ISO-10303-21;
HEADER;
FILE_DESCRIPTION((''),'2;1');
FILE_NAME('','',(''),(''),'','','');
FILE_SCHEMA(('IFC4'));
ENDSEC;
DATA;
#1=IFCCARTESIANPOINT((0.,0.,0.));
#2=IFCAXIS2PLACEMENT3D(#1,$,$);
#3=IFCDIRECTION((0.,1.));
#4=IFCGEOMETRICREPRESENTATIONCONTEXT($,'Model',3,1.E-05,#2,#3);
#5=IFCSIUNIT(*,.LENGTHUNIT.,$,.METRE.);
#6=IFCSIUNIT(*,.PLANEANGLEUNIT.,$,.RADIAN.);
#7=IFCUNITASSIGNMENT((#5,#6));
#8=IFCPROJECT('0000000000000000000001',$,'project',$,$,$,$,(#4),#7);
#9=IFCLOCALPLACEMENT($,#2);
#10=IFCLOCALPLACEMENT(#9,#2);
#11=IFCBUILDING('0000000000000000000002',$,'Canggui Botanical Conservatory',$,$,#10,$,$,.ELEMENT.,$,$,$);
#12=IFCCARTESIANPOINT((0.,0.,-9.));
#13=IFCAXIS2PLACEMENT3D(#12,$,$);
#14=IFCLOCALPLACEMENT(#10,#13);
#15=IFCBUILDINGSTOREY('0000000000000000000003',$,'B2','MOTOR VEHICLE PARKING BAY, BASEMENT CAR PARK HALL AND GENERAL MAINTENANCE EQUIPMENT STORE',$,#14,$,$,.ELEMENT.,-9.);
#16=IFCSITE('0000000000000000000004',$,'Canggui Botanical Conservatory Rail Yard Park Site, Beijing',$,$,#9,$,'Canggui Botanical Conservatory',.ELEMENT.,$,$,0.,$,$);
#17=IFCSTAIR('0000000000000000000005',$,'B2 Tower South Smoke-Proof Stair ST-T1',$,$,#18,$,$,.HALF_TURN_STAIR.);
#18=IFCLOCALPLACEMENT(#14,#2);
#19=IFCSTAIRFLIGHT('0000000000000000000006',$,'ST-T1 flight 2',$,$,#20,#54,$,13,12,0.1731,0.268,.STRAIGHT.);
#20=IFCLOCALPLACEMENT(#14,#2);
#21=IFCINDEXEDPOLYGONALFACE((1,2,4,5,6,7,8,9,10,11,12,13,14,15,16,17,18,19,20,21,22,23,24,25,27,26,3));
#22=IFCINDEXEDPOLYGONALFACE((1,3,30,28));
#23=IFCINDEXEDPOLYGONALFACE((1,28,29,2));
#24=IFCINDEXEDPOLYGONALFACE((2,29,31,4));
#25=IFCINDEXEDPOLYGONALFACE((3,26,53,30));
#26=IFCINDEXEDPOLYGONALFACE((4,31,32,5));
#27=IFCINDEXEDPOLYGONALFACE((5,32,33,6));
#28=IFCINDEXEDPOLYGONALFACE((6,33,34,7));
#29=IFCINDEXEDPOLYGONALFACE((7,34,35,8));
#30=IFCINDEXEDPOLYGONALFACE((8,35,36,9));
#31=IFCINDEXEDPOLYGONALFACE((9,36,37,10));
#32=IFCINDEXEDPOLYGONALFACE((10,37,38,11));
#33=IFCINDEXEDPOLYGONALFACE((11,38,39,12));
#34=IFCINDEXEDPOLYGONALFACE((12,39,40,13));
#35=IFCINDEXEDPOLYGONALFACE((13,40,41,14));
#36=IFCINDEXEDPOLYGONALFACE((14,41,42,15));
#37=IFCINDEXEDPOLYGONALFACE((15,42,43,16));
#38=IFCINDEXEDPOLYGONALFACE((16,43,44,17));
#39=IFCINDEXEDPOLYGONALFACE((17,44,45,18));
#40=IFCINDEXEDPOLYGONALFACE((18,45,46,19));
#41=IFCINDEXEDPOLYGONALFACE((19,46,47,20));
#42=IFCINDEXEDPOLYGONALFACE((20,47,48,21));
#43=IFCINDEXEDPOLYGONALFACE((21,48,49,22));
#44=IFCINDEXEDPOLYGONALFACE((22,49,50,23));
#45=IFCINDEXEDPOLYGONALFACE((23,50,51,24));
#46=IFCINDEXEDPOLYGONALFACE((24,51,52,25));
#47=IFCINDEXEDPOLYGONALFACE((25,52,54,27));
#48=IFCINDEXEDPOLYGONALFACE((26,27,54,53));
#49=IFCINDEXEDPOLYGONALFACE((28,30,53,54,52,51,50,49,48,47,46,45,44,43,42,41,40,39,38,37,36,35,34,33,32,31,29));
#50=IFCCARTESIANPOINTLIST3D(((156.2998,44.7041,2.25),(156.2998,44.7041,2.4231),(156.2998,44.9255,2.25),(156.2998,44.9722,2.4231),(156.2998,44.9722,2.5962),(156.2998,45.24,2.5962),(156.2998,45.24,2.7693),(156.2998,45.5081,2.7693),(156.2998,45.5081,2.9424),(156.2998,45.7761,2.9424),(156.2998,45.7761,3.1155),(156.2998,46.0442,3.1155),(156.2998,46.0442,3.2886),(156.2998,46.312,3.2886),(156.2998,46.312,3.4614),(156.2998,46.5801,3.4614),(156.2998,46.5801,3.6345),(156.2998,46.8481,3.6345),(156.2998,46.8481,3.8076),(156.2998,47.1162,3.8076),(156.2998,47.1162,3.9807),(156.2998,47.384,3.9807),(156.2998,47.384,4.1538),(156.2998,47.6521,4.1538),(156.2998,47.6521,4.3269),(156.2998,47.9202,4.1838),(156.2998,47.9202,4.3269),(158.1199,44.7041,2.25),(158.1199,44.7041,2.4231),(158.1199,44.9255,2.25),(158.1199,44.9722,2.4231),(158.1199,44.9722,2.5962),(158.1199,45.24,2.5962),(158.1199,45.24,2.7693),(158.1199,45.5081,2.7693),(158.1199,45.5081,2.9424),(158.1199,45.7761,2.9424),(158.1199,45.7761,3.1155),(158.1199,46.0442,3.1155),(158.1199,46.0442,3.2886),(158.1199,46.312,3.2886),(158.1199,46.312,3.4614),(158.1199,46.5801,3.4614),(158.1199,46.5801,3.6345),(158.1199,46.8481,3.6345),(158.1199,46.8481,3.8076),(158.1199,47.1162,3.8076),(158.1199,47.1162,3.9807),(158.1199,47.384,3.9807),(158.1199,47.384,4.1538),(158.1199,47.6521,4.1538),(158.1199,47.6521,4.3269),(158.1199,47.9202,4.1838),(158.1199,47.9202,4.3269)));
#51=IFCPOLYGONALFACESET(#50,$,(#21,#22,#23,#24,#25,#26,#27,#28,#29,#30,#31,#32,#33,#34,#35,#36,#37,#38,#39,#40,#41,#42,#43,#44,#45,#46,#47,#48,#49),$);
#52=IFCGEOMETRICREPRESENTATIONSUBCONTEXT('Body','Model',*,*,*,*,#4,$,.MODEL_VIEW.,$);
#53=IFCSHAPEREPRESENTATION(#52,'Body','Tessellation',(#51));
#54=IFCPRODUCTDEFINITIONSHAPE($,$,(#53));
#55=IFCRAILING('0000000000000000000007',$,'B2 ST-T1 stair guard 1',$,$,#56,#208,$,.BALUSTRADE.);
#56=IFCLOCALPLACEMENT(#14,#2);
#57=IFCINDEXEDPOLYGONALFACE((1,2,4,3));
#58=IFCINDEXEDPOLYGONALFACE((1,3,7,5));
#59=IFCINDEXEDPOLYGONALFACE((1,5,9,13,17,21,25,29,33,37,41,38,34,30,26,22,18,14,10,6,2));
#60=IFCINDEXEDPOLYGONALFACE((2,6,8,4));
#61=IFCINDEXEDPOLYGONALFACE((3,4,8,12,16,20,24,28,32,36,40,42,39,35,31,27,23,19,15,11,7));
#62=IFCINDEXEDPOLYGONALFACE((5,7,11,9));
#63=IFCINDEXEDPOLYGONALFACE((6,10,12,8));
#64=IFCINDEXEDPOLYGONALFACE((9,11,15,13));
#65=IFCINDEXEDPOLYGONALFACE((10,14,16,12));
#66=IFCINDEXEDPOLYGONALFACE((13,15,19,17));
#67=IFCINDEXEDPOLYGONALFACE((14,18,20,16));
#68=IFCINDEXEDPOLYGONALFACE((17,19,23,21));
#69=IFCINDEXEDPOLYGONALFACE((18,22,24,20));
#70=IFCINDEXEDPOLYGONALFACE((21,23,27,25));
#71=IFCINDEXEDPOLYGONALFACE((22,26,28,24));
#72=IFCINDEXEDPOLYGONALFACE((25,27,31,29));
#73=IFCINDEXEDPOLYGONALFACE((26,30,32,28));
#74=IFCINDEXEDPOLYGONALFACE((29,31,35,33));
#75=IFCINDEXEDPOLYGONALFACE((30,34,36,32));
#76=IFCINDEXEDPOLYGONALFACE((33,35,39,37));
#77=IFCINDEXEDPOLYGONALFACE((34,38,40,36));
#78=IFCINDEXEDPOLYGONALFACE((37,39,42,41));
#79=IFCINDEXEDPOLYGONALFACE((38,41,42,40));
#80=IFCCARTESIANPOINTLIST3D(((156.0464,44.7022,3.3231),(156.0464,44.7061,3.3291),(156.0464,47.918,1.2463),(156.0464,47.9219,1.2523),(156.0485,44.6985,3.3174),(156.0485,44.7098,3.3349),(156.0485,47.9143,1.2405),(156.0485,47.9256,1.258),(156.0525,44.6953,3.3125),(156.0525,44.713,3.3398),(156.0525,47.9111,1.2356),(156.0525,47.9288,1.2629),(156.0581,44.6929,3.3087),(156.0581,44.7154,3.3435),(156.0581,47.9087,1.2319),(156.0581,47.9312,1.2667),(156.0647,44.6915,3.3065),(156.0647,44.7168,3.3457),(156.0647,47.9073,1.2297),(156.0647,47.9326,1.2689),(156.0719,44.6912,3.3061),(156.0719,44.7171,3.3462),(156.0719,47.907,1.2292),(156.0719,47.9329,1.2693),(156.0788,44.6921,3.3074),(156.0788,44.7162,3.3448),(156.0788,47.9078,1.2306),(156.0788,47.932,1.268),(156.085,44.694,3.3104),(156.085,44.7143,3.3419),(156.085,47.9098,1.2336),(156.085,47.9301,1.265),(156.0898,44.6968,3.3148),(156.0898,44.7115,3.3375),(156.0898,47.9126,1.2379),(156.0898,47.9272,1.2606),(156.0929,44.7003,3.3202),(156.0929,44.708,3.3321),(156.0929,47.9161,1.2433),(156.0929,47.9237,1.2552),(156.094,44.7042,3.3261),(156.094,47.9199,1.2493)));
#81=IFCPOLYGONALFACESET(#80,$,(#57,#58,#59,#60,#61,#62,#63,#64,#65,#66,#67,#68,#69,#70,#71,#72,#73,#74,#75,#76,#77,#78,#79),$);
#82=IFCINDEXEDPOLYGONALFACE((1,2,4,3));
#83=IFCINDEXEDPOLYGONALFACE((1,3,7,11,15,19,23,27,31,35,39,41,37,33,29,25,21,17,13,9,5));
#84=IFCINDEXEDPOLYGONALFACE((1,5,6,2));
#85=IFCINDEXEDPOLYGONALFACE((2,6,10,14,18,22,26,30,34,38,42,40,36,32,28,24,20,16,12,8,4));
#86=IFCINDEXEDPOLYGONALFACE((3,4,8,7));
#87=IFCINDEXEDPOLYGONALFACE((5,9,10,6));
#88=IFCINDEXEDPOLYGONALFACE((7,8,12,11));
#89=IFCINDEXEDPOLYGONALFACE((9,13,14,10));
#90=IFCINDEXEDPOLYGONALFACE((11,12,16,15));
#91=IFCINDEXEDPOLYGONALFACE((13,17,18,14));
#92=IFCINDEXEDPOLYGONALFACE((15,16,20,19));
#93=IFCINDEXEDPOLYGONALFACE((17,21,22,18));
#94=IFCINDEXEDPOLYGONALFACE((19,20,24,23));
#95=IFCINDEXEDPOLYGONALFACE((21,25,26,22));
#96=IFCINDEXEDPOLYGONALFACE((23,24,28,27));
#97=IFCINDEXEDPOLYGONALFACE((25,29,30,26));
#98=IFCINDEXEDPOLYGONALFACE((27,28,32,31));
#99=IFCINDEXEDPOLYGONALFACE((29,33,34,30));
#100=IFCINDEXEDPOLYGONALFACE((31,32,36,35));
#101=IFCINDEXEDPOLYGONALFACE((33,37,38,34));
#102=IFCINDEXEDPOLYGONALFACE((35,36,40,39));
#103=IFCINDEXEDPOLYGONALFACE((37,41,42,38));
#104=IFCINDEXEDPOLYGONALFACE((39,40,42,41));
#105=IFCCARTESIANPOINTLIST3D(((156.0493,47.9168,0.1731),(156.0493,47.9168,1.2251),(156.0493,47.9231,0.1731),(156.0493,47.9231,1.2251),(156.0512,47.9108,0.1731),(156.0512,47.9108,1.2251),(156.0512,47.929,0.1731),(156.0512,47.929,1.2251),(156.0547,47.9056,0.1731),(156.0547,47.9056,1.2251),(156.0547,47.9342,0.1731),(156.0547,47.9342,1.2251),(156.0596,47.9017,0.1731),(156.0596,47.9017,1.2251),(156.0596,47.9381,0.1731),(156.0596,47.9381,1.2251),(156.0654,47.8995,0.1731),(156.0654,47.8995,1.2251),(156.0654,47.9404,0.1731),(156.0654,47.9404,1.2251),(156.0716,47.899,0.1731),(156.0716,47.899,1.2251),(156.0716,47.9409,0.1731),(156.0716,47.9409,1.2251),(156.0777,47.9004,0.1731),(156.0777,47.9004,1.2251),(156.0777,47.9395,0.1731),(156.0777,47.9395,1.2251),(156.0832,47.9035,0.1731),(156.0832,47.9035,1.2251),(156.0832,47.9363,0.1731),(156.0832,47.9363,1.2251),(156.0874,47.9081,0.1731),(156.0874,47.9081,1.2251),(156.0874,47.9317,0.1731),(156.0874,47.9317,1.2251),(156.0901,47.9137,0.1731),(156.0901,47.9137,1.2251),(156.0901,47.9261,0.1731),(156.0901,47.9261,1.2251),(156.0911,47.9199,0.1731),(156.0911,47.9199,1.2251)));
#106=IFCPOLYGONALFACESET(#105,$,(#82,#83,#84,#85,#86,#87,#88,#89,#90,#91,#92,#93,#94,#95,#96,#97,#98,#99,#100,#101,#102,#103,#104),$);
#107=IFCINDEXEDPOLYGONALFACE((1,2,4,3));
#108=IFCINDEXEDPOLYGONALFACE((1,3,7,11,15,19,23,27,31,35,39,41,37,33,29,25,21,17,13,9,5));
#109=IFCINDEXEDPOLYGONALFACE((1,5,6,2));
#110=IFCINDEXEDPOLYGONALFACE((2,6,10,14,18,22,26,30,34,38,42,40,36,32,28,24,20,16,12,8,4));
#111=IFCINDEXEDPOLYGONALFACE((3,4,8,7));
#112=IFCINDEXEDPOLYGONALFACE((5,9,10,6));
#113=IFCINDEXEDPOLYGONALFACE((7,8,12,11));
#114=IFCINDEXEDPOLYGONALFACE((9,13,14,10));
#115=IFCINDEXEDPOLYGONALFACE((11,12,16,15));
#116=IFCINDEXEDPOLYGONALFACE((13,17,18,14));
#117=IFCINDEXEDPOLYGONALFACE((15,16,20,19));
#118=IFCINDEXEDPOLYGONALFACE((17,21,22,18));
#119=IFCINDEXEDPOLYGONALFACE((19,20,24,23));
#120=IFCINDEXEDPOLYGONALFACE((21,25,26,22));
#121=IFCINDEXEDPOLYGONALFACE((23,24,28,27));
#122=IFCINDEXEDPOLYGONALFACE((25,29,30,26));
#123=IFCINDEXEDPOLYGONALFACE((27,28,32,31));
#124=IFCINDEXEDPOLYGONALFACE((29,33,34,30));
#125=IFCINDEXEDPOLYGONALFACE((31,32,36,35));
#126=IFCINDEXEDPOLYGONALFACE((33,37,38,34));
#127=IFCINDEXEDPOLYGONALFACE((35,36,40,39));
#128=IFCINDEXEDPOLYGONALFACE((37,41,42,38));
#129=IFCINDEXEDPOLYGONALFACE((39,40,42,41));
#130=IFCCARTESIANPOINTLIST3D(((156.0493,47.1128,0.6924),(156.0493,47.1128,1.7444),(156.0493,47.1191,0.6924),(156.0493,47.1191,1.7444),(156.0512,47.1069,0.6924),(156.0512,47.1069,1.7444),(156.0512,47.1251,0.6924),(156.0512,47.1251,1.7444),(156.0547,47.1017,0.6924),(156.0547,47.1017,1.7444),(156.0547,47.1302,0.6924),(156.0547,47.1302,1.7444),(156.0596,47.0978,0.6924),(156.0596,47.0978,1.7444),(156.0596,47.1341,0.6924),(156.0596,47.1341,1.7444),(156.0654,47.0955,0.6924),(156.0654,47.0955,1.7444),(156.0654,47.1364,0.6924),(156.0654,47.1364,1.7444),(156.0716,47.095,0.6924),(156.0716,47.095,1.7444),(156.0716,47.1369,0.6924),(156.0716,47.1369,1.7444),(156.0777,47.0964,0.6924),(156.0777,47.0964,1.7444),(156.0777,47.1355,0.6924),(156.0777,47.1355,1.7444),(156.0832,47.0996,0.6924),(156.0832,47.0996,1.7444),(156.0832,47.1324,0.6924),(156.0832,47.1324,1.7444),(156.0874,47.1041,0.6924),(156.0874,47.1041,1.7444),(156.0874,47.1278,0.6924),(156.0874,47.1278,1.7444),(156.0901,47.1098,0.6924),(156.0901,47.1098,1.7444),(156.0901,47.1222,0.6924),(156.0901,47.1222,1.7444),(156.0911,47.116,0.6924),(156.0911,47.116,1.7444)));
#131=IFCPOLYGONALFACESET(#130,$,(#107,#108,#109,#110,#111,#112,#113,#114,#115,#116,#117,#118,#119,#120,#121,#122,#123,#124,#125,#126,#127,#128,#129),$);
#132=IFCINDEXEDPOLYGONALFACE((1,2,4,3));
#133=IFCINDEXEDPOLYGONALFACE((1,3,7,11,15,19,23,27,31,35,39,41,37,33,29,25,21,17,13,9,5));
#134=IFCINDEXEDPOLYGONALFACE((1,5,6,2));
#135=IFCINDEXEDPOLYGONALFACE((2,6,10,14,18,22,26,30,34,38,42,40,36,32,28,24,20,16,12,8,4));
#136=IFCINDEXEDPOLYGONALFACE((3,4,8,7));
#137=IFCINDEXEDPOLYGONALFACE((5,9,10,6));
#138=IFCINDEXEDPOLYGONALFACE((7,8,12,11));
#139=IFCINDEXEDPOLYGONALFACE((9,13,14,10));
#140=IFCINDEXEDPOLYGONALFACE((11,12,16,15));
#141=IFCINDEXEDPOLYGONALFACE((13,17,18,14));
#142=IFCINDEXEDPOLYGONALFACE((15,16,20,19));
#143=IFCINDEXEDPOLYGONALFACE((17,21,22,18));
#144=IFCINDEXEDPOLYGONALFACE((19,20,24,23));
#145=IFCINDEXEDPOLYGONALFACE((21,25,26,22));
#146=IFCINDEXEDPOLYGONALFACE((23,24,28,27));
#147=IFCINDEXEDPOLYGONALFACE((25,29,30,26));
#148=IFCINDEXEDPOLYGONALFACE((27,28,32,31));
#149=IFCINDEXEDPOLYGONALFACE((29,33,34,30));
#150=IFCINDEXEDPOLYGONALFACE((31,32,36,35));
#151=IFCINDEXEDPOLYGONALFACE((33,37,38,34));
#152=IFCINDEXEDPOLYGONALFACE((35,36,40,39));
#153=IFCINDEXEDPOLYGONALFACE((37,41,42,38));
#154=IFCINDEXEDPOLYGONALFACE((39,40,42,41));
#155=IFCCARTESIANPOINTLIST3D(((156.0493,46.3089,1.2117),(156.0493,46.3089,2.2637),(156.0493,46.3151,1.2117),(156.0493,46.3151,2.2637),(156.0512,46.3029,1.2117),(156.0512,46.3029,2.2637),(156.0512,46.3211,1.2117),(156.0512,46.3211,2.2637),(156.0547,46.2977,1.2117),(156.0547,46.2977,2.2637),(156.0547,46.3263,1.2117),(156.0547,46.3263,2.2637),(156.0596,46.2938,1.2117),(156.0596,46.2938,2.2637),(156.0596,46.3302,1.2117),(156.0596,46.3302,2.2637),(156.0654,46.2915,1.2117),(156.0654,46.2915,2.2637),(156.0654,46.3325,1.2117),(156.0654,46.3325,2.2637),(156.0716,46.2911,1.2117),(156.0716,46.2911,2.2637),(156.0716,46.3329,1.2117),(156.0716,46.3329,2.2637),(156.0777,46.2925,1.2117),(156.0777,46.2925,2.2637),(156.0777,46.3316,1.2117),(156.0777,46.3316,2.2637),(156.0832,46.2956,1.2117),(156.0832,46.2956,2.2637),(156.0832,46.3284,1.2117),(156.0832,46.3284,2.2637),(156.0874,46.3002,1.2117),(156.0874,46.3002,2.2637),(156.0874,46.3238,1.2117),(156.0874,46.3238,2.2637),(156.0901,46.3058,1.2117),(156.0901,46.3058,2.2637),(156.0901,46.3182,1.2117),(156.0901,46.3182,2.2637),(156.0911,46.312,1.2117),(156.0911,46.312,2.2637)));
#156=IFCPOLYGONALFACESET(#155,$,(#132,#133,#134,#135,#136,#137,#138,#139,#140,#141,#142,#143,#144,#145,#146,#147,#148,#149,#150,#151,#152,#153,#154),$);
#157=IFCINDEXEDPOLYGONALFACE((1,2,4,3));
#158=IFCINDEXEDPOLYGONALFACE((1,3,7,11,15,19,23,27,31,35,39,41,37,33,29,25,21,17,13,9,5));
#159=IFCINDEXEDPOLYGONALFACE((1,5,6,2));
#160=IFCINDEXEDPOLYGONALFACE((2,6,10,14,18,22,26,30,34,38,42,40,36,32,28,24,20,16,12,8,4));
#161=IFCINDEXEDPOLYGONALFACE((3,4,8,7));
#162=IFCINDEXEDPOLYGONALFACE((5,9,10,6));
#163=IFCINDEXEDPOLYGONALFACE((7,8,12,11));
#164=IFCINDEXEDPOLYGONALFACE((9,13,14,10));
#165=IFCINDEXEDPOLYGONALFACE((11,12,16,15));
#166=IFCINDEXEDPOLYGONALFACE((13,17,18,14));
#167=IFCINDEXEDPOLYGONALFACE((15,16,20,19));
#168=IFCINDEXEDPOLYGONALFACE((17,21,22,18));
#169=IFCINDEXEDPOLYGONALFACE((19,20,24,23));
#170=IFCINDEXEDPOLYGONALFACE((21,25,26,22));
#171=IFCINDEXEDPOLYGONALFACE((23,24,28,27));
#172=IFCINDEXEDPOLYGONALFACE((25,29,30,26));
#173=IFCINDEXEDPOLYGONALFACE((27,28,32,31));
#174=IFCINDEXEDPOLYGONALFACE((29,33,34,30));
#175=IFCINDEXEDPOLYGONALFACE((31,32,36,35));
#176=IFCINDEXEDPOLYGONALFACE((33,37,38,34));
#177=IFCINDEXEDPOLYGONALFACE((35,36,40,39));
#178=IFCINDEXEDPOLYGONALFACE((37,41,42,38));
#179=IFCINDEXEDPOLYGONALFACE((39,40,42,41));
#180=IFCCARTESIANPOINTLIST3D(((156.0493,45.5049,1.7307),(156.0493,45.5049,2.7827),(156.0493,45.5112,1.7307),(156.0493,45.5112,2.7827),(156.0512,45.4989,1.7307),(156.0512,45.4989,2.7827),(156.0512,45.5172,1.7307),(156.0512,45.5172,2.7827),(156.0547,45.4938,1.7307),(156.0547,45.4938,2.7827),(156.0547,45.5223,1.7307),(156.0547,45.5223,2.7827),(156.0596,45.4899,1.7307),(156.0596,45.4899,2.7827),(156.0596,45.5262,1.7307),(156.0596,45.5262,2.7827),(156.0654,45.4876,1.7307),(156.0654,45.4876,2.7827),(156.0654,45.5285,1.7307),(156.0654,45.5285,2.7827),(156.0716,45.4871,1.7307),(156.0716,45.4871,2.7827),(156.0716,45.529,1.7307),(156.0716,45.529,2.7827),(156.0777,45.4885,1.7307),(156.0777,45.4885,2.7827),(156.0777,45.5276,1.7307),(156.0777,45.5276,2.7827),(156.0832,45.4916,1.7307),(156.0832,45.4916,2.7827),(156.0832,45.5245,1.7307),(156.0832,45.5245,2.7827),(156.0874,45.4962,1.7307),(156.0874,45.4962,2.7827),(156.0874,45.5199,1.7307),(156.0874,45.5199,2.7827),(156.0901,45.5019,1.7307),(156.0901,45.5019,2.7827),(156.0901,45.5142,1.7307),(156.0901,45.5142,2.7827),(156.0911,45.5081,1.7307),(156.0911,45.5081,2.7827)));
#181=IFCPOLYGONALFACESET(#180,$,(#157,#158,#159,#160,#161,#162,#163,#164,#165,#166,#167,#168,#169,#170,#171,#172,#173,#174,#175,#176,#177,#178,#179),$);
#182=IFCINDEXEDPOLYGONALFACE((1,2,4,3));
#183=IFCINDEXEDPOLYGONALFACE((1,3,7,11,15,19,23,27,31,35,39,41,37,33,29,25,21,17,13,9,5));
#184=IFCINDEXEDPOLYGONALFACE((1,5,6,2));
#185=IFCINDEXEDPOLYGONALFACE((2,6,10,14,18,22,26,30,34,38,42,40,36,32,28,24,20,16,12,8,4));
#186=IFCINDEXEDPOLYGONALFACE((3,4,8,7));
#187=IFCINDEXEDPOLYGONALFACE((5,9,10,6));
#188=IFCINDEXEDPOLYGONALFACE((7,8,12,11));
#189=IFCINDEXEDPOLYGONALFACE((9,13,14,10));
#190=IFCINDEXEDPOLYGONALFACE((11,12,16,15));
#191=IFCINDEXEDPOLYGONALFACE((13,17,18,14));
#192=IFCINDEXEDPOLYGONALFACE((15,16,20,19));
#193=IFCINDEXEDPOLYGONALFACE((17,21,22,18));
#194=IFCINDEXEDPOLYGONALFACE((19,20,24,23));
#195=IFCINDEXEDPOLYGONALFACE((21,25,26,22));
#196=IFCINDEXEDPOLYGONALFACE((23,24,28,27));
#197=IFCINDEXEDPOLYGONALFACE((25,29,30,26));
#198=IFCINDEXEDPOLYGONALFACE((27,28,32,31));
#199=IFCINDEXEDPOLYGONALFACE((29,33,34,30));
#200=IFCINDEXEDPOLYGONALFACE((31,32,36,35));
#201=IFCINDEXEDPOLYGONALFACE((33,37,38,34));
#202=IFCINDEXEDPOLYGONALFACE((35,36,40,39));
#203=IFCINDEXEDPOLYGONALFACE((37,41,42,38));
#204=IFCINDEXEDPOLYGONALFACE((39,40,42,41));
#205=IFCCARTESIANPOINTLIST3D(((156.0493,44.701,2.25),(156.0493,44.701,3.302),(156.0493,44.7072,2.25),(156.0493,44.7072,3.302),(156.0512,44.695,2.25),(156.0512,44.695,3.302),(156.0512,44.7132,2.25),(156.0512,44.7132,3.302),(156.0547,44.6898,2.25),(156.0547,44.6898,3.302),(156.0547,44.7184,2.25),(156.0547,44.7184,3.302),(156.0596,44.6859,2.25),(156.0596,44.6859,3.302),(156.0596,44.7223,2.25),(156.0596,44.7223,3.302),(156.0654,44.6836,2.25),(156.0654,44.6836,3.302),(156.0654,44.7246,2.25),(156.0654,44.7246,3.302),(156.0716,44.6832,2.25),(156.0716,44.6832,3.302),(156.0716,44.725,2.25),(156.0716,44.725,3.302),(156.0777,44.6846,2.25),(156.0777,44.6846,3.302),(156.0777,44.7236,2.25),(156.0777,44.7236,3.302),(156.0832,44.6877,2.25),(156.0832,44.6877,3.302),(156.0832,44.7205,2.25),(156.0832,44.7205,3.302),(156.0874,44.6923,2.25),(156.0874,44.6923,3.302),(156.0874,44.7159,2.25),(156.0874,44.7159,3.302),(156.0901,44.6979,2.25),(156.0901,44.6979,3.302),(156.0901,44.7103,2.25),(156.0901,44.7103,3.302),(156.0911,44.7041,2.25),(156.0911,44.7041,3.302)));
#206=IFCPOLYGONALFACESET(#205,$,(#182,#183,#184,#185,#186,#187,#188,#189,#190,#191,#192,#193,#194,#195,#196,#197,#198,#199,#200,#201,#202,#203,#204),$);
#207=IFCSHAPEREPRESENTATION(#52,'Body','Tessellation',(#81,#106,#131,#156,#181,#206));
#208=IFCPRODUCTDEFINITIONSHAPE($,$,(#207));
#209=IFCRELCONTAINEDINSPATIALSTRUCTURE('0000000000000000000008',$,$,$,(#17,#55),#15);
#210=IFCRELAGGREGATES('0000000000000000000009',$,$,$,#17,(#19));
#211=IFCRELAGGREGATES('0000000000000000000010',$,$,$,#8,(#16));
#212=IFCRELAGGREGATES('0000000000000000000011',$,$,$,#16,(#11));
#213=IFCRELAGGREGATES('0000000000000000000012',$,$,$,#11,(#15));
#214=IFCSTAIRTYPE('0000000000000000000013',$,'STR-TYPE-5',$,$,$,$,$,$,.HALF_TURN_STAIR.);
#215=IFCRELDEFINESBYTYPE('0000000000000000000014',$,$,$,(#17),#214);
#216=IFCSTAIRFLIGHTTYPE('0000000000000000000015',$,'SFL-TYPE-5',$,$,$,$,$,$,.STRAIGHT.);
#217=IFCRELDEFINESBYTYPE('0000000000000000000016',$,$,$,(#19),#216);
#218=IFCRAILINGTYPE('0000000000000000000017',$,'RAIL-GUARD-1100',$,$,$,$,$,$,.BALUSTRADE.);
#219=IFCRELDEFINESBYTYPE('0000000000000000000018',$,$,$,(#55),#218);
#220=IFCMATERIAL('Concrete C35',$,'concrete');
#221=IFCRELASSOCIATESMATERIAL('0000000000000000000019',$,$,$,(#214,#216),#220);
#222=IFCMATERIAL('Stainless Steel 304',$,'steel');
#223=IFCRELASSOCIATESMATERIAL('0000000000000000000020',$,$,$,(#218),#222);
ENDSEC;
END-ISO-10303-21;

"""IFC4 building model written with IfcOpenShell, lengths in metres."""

from ifc_helpers import new_model, si_unit, direction, frame, origin, origin_2d, place, context, subcontext, project, spatial, polyline, circle, outline, extrude, material, type_object, element, aggregate, save


model = new_model("IFC4")

# Units and contexts
model_context = context("Model", 3, precision=1e-05, world=origin(), true_north=direction((0.0, 1.0)))
body_context = subcontext(model_context, "Body", "Model", "MODEL_VIEW")
ifc_project = project(units=[si_unit("LENGTHUNIT", "METRE"), si_unit("PLANEANGLEUNIT", "RADIAN")], contexts=[model_context])

# Site, building, storey
site_placement = place(None, origin())
site = spatial("IfcSite", under=ifc_project, at=site_placement, Name="Canggui Botanical Conservatory Rail Yard Park Site, Beijing", LongName="Canggui Botanical Conservatory", CompositionType="ELEMENT", RefElevation=0.0)
building_placement = place(site_placement, origin())
building = spatial("IfcBuilding", under=site, at=building_placement, Name="Canggui Botanical Conservatory", CompositionType="ELEMENT")
storey_placement = place(building_placement, frame((0.0, 0.0, -9.0)))
storey = spatial("IfcBuildingStorey", under=building, at=storey_placement, Name="B2", Description="MOTOR VEHICLE PARKING BAY, BASEMENT CAR PARK HALL AND GENERAL MAINTENANCE EQUIPMENT STORE", CompositionType="ELEMENT", Elevation=-9.0)

# Shared definitions
ifc_material_1 = material(Name="Concrete C35", Category="concrete")

# Stair, stair flight
stair_type = type_object("IfcStairType", Name="STR-TYPE-5", PredefinedType="HALF_TURN_STAIR", material=ifc_material_1)
stair_placement = place(storey_placement, origin())
stair = element("IfcStair", 1, at=stair_placement, inside=storey, type_object=stair_type, Name="B2 Tower South Smoke-Proof Stair ST-T1", PredefinedType="HALF_TURN_STAIR")
stair_flight_type = type_object("IfcStairFlightType", Name="SFL-TYPE-5", PredefinedType="STRAIGHT", material=ifc_material_1)
stair_flight_1_placement = place(storey_placement, frame((157.21, 44.7041, 2.25), z_axis=(0.0, 0.0, 1.0), x_axis=(0.0, 1.0, 0.0)))
stair_flight_1 = element("IfcStairFlight", 2, at=stair_flight_1_placement, type_object=stair_flight_type, Name="ST-T1 flight 2", NumberOfRisers=13, NumberOfTreads=12, PredefinedType="STRAIGHT", RiserHeight=0.1731, TreadLength=0.268, context=body_context, shape_type="SweptSolid", body=[
    extrude(outline(polyline([(0.0, 0.0), (0.0, 0.1731), (0.2681, 0.1731), (0.2681, 0.3462), (0.5359, 0.3462), (0.5359, 0.5193), (0.804, 0.5193), (0.804, 0.6924), (1.072, 0.6924), (1.072, 0.8655), (1.3401, 0.8655), (1.3401, 1.0386), (1.6079, 1.0386), (1.6079, 1.2114), (1.876, 1.2114), (1.876, 1.3845), (2.144, 1.3845), (2.144, 1.5576), (2.4121, 1.5576), (2.4121, 1.7307), (2.6799, 1.7307), (2.6799, 1.9038), (2.948, 1.9038), (2.948, 2.0769), (3.2161, 2.0769), (3.2161, 2.25), (3.2161, 1.9338), (0.2214, 0.0), (0.0, 0.0)])), frame((0.0, 0.9102, 0.0), z_axis=(0.0, -1.0, 0.0), x_axis=(1.0, 0.0, 0.0)), (0.0, 0.0, 1.0), 1.8201),
])
aggregate(stair, [stair_flight_1])

# Railing
ifc_material_2 = material(Name="Stainless Steel 304", Category="steel")
railing_type_1 = type_object("IfcRailingType", Name="RAIL-GUARD-1100", PredefinedType="BALUSTRADE", material=ifc_material_2)
railing_1_placement = place(storey_placement, frame((156.0701, 47.9199, 0.1731)))
element("IfcRailing", 3, at=railing_1_placement, inside=storey, type_object=railing_type_1, Name="B2 ST-T1 stair guard 1", PredefinedType="BALUSTRADE", context=body_context, shape_type="SweptSolid", body=[
    extrude(circle(Radius=0.0239, at=origin_2d()), frame((0.0, 0.0, 1.0762), z_axis=(0.0, -0.840037, 0.542529), x_axis=(1.0, 0.0, 0.0)), (0.0, 0.0, 1.0), 3.8281),
    extrude(circle(Radius=0.021, at=origin_2d()), origin(), (0.0, 0.0, 1.0), 1.052),
    extrude(circle(Radius=0.021, at=origin_2d()), frame((0.0, -0.804, 0.5193)), (0.0, 0.0, 1.0), 1.052),
    extrude(circle(Radius=0.021, at=origin_2d()), frame((0.0, -1.6079, 1.0386)), (0.0, 0.0, 1.0), 1.052),
    extrude(circle(Radius=0.021, at=origin_2d()), frame((0.0, -2.4119, 1.5576)), (0.0, 0.0, 1.0), 1.052),
    extrude(circle(Radius=0.021, at=origin_2d()), frame((0.0, -3.2158, 2.0769)), (0.0, 0.0, 1.0), 1.052),
])

save(model, "model.ifc")
